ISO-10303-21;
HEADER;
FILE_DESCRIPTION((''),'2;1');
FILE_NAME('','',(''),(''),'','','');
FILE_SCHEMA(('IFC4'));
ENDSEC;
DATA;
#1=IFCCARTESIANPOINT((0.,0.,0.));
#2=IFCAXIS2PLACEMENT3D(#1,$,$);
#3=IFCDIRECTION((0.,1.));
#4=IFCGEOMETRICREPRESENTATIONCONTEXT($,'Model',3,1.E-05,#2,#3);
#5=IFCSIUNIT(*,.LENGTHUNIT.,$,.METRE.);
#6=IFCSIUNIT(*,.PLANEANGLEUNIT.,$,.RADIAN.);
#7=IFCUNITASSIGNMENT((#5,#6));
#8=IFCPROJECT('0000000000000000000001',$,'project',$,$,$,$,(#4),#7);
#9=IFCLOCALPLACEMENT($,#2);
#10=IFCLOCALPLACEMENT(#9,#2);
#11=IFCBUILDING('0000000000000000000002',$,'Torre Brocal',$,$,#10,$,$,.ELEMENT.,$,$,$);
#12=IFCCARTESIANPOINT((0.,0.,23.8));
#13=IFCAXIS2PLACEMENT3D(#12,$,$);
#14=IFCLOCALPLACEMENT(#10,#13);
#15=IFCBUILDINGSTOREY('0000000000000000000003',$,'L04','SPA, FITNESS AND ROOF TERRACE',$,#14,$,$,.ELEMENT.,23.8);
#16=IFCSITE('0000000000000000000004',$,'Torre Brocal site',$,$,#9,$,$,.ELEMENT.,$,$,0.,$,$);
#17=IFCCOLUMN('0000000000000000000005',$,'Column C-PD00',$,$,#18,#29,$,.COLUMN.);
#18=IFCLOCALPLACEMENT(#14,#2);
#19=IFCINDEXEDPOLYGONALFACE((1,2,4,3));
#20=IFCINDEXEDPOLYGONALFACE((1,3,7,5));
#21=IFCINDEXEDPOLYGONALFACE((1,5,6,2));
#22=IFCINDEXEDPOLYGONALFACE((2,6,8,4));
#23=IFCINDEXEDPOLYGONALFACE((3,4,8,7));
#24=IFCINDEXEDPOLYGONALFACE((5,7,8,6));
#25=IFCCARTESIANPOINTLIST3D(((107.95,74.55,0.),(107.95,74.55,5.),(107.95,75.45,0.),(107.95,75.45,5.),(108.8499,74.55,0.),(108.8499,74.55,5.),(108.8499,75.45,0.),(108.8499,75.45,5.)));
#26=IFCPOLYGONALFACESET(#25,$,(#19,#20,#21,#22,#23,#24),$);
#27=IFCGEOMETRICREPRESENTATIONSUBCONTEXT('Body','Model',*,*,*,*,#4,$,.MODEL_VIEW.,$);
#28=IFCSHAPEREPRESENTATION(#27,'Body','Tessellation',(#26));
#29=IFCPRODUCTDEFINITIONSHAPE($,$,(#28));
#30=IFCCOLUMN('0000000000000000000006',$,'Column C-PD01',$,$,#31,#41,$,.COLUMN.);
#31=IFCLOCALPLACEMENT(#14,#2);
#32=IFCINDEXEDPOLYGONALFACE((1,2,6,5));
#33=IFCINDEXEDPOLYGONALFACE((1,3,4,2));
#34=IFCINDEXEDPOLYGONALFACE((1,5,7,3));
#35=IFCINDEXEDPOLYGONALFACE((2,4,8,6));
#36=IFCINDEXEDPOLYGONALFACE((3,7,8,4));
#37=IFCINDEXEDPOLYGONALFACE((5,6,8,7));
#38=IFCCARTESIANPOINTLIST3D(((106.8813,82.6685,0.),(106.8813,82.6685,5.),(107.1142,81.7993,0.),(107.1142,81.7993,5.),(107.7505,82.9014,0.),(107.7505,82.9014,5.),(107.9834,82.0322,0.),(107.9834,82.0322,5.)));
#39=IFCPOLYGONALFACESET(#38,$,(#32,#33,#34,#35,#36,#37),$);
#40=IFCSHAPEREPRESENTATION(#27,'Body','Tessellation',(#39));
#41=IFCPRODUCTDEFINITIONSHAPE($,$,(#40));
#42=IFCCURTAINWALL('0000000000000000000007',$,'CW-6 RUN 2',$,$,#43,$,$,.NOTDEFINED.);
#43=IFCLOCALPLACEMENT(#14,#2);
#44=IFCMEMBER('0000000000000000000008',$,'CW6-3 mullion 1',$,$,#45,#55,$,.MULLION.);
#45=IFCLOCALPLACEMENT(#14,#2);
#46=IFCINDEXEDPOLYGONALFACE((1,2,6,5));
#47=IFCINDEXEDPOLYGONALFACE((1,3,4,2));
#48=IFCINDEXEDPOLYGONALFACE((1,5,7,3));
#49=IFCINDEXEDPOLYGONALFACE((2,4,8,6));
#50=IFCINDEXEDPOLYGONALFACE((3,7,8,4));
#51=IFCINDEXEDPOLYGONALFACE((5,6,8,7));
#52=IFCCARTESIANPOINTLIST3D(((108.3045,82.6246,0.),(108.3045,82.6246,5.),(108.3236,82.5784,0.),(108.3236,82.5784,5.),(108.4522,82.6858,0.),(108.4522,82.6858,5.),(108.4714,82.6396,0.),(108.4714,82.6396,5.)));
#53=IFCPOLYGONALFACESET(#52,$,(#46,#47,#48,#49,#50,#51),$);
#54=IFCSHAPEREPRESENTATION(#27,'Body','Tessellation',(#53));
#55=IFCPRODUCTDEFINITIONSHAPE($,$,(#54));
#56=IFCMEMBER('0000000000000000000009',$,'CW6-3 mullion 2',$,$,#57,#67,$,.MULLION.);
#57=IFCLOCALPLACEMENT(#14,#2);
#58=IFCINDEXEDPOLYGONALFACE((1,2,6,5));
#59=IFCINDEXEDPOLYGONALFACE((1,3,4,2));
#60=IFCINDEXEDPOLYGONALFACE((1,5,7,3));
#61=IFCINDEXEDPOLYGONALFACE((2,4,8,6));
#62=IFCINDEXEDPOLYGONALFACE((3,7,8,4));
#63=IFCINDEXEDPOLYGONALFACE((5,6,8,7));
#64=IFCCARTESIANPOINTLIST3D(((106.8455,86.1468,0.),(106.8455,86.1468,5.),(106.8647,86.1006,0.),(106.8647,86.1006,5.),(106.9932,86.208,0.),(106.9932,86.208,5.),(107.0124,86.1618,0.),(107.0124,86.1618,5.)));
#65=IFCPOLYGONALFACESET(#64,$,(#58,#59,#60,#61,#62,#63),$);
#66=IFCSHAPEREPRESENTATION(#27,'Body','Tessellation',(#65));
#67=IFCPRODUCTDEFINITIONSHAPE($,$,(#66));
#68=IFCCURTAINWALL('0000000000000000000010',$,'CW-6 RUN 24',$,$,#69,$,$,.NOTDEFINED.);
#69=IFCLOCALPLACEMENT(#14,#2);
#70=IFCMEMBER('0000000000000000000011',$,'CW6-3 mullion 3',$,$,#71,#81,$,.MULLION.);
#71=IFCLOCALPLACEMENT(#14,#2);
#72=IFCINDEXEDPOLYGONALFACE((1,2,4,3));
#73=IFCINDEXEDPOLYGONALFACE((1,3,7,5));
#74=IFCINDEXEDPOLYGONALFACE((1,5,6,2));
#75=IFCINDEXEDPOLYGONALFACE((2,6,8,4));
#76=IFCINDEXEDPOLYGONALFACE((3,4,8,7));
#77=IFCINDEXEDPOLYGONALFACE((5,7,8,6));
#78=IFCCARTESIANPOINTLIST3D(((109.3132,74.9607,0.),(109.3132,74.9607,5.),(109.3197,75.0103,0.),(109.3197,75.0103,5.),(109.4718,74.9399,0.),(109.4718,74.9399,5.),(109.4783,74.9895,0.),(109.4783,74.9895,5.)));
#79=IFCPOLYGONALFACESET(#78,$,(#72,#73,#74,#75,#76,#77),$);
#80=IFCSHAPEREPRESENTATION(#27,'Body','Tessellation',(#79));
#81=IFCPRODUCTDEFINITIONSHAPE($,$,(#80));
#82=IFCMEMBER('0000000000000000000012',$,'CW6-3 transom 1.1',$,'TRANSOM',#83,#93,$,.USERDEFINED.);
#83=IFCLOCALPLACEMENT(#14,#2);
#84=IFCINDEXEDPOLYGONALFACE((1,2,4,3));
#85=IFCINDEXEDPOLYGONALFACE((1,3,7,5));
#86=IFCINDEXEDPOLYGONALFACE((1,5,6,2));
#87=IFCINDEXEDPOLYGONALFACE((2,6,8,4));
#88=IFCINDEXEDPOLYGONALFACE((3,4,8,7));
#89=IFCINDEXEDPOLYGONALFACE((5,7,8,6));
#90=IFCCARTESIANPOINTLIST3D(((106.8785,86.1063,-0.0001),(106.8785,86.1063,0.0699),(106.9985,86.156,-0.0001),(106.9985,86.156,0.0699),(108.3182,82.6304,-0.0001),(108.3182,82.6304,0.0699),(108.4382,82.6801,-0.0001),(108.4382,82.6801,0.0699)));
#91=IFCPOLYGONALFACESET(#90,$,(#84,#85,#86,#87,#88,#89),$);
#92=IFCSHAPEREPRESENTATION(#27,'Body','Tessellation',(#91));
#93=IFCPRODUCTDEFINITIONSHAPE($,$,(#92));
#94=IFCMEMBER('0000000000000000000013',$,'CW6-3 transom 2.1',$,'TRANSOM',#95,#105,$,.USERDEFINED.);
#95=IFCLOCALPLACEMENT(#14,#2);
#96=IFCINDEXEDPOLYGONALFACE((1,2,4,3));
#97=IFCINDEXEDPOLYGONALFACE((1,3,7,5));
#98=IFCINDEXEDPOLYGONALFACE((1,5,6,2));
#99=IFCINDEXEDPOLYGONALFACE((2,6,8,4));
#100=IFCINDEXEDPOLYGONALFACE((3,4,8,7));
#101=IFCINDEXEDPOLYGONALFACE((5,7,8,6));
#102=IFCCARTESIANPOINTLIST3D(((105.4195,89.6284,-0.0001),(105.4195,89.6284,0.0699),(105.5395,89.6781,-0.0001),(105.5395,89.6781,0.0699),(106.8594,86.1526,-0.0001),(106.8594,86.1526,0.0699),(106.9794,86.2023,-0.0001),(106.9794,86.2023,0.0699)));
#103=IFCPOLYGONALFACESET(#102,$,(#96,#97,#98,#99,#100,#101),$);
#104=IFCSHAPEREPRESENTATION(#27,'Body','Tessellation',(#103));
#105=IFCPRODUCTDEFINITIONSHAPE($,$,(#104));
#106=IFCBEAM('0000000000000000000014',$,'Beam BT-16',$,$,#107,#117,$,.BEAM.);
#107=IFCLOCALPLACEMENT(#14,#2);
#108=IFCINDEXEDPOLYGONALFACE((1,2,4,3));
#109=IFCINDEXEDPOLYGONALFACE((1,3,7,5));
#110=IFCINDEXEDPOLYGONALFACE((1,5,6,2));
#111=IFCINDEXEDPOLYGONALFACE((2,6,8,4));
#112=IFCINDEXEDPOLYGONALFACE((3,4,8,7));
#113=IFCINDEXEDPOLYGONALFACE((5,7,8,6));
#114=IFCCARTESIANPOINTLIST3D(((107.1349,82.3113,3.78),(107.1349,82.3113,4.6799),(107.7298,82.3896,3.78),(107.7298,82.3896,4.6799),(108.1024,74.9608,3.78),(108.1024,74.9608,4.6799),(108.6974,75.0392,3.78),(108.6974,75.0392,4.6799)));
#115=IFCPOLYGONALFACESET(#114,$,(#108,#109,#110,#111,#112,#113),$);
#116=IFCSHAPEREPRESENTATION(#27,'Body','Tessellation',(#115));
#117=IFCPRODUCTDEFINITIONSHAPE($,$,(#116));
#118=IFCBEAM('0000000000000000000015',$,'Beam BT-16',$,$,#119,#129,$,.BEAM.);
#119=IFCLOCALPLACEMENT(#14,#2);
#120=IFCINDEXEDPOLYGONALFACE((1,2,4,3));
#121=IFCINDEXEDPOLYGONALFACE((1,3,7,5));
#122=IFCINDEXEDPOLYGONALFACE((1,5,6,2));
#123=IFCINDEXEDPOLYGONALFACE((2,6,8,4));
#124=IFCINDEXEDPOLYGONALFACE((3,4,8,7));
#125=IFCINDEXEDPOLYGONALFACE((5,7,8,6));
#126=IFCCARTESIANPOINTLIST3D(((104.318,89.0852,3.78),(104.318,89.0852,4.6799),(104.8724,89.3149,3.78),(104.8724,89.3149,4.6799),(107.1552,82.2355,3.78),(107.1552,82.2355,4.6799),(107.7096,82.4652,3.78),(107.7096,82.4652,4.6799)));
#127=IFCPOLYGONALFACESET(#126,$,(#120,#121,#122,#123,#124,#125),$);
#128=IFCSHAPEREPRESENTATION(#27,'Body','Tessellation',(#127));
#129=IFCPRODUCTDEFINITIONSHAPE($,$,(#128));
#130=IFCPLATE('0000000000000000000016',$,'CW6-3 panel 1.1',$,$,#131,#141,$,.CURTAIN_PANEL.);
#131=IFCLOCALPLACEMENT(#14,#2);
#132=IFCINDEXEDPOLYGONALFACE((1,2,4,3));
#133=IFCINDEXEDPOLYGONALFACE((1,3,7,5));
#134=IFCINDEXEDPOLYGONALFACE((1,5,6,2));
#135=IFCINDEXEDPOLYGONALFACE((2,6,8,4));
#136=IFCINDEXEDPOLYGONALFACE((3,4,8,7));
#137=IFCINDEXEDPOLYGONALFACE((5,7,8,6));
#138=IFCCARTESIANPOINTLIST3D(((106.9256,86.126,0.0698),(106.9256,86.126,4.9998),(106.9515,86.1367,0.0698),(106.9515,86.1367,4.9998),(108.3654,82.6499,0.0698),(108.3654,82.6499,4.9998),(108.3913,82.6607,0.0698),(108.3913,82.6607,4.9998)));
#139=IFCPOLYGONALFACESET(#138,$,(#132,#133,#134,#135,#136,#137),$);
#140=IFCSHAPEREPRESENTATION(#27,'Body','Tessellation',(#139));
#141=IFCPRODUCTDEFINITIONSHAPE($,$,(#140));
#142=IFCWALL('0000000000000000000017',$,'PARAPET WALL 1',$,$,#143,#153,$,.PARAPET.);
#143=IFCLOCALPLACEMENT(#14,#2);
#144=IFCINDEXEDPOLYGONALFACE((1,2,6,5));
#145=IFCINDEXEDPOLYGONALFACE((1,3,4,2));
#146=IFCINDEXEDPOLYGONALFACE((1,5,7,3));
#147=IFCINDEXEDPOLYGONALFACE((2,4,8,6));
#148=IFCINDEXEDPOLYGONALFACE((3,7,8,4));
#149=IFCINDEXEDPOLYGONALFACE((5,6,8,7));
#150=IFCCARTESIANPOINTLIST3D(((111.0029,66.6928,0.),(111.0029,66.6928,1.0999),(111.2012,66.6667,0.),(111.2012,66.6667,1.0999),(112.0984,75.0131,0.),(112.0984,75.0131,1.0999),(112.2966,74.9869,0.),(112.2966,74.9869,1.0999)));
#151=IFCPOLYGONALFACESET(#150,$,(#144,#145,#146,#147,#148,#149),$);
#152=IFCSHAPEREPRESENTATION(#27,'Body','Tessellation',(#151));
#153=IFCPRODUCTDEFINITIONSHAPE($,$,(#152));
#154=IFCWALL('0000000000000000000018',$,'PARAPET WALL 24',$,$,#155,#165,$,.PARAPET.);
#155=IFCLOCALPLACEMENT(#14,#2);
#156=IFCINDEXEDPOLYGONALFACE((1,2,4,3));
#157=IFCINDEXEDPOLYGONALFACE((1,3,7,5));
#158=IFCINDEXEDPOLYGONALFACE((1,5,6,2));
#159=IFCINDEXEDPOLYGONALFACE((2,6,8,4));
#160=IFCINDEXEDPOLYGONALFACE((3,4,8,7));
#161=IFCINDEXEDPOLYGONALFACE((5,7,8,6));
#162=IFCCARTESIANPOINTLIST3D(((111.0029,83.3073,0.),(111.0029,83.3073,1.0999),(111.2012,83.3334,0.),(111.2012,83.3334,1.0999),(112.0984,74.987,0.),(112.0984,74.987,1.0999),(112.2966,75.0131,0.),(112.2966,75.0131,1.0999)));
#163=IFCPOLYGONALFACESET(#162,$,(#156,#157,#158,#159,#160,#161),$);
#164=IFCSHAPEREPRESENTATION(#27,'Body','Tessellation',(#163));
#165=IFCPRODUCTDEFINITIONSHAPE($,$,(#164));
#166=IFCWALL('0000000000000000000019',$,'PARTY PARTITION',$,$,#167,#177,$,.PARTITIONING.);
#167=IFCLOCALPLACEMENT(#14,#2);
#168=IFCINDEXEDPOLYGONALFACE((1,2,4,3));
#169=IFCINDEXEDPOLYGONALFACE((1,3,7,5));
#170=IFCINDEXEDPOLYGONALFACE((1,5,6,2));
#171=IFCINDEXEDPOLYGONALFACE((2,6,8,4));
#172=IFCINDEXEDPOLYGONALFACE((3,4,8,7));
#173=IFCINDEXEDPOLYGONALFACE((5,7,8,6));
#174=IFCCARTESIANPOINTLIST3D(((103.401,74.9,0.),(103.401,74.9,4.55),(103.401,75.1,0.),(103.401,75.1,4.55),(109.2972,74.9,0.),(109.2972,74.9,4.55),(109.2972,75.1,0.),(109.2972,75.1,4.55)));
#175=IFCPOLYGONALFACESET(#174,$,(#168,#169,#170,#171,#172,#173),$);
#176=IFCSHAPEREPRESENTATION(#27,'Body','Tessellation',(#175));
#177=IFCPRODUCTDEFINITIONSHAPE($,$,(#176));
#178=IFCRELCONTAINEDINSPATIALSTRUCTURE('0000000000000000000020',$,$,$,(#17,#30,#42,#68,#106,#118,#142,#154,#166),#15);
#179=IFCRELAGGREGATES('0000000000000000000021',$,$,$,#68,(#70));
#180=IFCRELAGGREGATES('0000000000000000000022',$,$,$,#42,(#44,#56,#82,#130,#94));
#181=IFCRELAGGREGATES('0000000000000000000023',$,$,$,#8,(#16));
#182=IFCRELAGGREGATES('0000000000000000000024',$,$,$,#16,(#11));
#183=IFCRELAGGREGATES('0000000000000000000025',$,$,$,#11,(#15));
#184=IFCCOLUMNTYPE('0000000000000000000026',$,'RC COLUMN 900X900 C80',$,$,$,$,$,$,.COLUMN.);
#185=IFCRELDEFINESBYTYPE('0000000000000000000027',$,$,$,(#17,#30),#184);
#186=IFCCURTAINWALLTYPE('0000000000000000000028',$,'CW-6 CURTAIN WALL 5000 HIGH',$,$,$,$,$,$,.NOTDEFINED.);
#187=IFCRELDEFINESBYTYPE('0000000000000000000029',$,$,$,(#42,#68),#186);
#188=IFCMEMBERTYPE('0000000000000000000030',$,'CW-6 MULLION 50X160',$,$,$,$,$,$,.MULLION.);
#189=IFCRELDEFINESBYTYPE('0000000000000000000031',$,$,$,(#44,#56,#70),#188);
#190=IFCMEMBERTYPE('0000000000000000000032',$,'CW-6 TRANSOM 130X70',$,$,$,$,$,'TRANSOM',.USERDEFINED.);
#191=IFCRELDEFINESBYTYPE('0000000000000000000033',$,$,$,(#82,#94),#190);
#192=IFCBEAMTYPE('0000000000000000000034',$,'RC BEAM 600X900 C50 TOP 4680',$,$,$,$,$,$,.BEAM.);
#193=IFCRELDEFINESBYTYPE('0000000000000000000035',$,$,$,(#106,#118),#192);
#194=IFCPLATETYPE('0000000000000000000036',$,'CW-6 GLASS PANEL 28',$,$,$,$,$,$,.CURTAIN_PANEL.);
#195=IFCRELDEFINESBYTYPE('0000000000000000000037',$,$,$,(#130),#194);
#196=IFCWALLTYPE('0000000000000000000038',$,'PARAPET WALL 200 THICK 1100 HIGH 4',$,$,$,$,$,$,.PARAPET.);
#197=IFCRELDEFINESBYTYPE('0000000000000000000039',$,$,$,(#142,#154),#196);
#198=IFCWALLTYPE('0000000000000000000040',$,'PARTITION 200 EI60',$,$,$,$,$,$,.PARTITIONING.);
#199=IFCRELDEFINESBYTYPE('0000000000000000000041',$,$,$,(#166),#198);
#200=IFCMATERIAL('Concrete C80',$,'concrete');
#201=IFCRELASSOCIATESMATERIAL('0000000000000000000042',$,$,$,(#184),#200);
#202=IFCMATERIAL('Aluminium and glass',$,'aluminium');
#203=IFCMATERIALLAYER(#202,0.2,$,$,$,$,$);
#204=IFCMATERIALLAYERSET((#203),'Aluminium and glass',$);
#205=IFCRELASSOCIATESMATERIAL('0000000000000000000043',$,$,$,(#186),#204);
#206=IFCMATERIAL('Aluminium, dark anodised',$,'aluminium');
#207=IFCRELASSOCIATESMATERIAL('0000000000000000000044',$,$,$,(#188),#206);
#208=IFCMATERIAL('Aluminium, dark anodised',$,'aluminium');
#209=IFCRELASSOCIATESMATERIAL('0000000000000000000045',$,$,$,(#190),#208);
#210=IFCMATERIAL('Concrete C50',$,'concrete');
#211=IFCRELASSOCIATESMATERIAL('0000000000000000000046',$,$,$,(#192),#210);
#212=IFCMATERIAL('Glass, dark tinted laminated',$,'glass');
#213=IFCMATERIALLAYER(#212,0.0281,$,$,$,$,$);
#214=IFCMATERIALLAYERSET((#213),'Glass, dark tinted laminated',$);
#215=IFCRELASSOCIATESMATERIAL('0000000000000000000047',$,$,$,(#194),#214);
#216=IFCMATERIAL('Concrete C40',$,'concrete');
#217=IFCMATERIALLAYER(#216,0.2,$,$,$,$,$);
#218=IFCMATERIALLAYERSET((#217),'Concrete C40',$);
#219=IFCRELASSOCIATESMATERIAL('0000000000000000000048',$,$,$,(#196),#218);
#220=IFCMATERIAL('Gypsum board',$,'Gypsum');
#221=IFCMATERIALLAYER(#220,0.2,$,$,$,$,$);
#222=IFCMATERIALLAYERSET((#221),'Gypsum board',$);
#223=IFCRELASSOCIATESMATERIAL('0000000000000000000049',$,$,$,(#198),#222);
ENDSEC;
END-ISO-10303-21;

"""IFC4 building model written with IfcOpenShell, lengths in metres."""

from ifc_helpers import new_model, si_unit, direction, frame, frame_2d, origin, origin_2d, place, context, subcontext, project, spatial, rectangle, extrude, material, layer, layer_set, material_profile, profile_set, type_object, element, aggregate, save


model = new_model("IFC4")

# Units and contexts
model_context = context("Model", 3, precision=1e-05, world=origin(), true_north=direction((0.0, 1.0)))
body_context = subcontext(model_context, "Body", "Model", "MODEL_VIEW")
ifc_project = project(units=[si_unit("LENGTHUNIT", "METRE"), si_unit("PLANEANGLEUNIT", "RADIAN")], contexts=[model_context])

# Site, building, storey
site_placement = place(None, origin())
site = spatial("IfcSite", under=ifc_project, at=site_placement, Name="Torre Brocal site", CompositionType="ELEMENT", RefElevation=0.0)
building_placement = place(site_placement, origin())
building = spatial("IfcBuilding", under=site, at=building_placement, Name="Torre Brocal", CompositionType="ELEMENT")
storey_placement = place(building_placement, frame((0.0, 0.0, 23.8)))
storey = spatial("IfcBuildingStorey", under=building, at=storey_placement, Name="L04", Description="SPA, FITNESS AND ROOF TERRACE", CompositionType="ELEMENT", Elevation=23.8)

# Columns
ifc_material_1 = material(Name="Concrete C80", Category="concrete")
ifc_material_profile_1 = material_profile(ifc_material_1, rectangle(XDim=0.8999, YDim=0.8999, at=origin_2d()), Name="RC 900X900")
ifc_profile_set_1 = profile_set([ifc_material_profile_1], Name="Concrete C80")
column_type = type_object("IfcColumnType", Name="RC COLUMN 900X900 C80", PredefinedType="COLUMN", material=ifc_profile_set_1)
for number, where, z_axis, x_axis, name in (
    (1, (108.3999, 75.0, 0.0), (0.0, 0.0, 1.0), (1.0, 0.0, 0.0), "Column C-PD00"),
    (2, (107.4324, 82.3503, 0.0), (0.0, 0.0, 1.0), (0.965926, 0.258819, 0.0), "Column C-PD01"),
):
    element("IfcColumn", number, at=place(storey_placement, frame(where, z_axis=z_axis, x_axis=x_axis)), inside=storey, type_object=column_type, Name=name, PredefinedType="COLUMN", context=body_context, shape_type="SweptSolid", body=[
        extrude(rectangle(XDim=0.8999, YDim=0.8999, at=origin_2d()), origin(), (0.0, 0.0, 1.0), 5.0),
    ])

# Curtain wall, members
ifc_material_2 = material(Name="Aluminium and glass", Category="aluminium")
ifc_layer_1 = layer(ifc_material_2, 0.2)
ifc_layer_set_1 = layer_set([ifc_layer_1], Name="Aluminium and glass")
curtain_wall_type = type_object("IfcCurtainWallType", Name="CW-6 CURTAIN WALL 5000 HIGH", PredefinedType="NOTDEFINED", material=ifc_layer_set_1)
curtain_wall_1_placement = place(storey_placement, origin())
curtain_wall_1 = element("IfcCurtainWall", 3, at=curtain_wall_1_placement, inside=storey, type_object=curtain_wall_type, Name="CW-6 RUN 2", PredefinedType="NOTDEFINED")
ifc_material_3 = material(Name="Aluminium, dark anodised", Category="aluminium")
ifc_material_profile_2 = material_profile(ifc_material_3, rectangle(XDim=0.1599, YDim=0.05, at=origin_2d()), Name="CW-6 MULLION 50X160")
ifc_profile_set_2 = profile_set([ifc_material_profile_2], Name="Aluminium, dark anodised")
member_type_1 = type_object("IfcMemberType", Name="CW-6 MULLION 50X160", PredefinedType="MULLION", material=ifc_profile_set_2)
member_1_placement = place(storey_placement, frame((108.3879, 82.6321, 0.0), z_axis=(0.0, 0.0, 1.0), x_axis=(-0.92388, -0.382683, 0.0)))
member_1 = element("IfcMember", 4, at=member_1_placement, type_object=member_type_1, Name="CW6-3 mullion 1", PredefinedType="MULLION", context=body_context, shape_type="SweptSolid", body=[
    extrude(rectangle(XDim=0.1599, YDim=0.05, at=origin_2d()), origin(), (0.0, 0.0, 1.0), 5.0),
])
member_2_placement = place(storey_placement, frame((106.929, 86.1543, 0.0), z_axis=(0.0, 0.0, 1.0), x_axis=(-0.92388, -0.382683, 0.0)))
member_2 = element("IfcMember", 5, at=member_2_placement, type_object=member_type_1, Name="CW6-3 mullion 2", PredefinedType="MULLION", context=body_context, shape_type="SweptSolid", body=[
    extrude(rectangle(XDim=0.1599, YDim=0.05, at=origin_2d()), origin(), (0.0, 0.0, 1.0), 5.0),
])

# Curtain wall, member
curtain_wall_2_placement = place(storey_placement, origin())
curtain_wall_2 = element("IfcCurtainWall", 6, at=curtain_wall_2_placement, inside=storey, type_object=curtain_wall_type, Name="CW-6 RUN 24", PredefinedType="NOTDEFINED")
member_3_placement = place(storey_placement, frame((109.3958, 74.9751, 0.0), z_axis=(0.0, 0.0, 1.0), x_axis=(-0.991445, 0.130526, 0.0)))
member_3 = element("IfcMember", 7, at=member_3_placement, type_object=member_type_1, Name="CW6-3 mullion 3", PredefinedType="MULLION", context=body_context, shape_type="SweptSolid", body=[
    extrude(rectangle(XDim=0.1599, YDim=0.05, at=origin_2d()), origin(), (0.0, 0.0, 1.0), 5.0),
])
aggregate(curtain_wall_2, [member_3])

# Members
ifc_material_4 = material(Name="Aluminium, dark anodised", Category="aluminium")
ifc_material_profile_3 = material_profile(ifc_material_4, rectangle(XDim=0.1299, YDim=0.0701, at=origin_2d()), Name="CW-6 TRANSOM 130X70")
ifc_profile_set_3 = profile_set([ifc_material_profile_3], Name="Aluminium, dark anodised")
member_type_2 = type_object("IfcMemberType", Name="CW-6 TRANSOM 130X70", ElementType="TRANSOM", PredefinedType="USERDEFINED", material=ifc_profile_set_3)
member_4_placement = place(storey_placement, frame((108.3782, 82.6553, 0.0349), z_axis=(-0.382675, 0.923883, 0.0), x_axis=(-0.923883, -0.382675, 0.0)))
member_4 = element("IfcMember", 8, at=member_4_placement, type_object=member_type_2, Name="CW6-3 transom 1.1", ObjectType="TRANSOM", PredefinedType="USERDEFINED", context=body_context, shape_type="SweptSolid", body=[
    extrude(rectangle(XDim=0.1299, YDim=0.0701, at=origin_2d()), origin(), (0.0, 0.0, 1.0), 3.7622),
])
member_5_placement = place(storey_placement, frame((106.9194, 86.1775, 0.0349), z_axis=(-0.38273, 0.92386, 0.0), x_axis=(-0.92386, -0.38273, 0.0)))
member_5 = element("IfcMember", 9, at=member_5_placement, type_object=member_type_2, Name="CW6-3 transom 2.1", ObjectType="TRANSOM", PredefinedType="USERDEFINED", context=body_context, shape_type="SweptSolid", body=[
    extrude(rectangle(XDim=0.1299, YDim=0.0701, at=origin_2d()), origin(), (0.0, 0.0, 1.0), 3.7622),
])

# Beams
ifc_material_5 = material(Name="Concrete C50", Category="concrete")
ifc_material_profile_4 = material_profile(ifc_material_5, rectangle(XDim=0.6001, YDim=0.8999, at=origin_2d()), Name="RC 600X900")
ifc_profile_set_4 = profile_set([ifc_material_profile_4], Name="Concrete C50")
beam_type = type_object("IfcBeamType", Name="RC BEAM 600X900 C50 TOP 4680", PredefinedType="BEAM", material=ifc_profile_set_4)
beam_1_placement = place(storey_placement, frame((108.3999, 75.0, 4.23), z_axis=(-0.130505, 0.991448, 0.0), x_axis=(-0.991448, -0.130505, 0.0)))
element("IfcBeam", 10, at=beam_1_placement, inside=storey, type_object=beam_type, Name="Beam BT-16", PredefinedType="BEAM", context=body_context, shape_type="SweptSolid", body=[
    extrude(rectangle(XDim=0.6001, YDim=0.8999, at=origin_2d()), origin(), (0.0, 0.0, 1.0), 7.4138),
])
beam_2_placement = place(storey_placement, frame((107.4324, 82.3503, 4.23), z_axis=(-0.382678, 0.923882, 0.0), x_axis=(-0.923882, -0.382678, 0.0)))
element("IfcBeam", 11, at=beam_2_placement, inside=storey, type_object=beam_type, Name="Beam BT-16", PredefinedType="BEAM", context=body_context, shape_type="SweptSolid", body=[
    extrude(rectangle(XDim=0.6001, YDim=0.8999, at=origin_2d()), origin(), (0.0, 0.0, 1.0), 7.4141),
])

# Plate
ifc_material_6 = material(Name="Glass, dark tinted laminated", Category="glass")
ifc_layer_2 = layer(ifc_material_6, 0.0281)
ifc_layer_set_2 = layer_set([ifc_layer_2], Name="Glass, dark tinted laminated")
plate_type = type_object("IfcPlateType", Name="CW-6 GLASS PANEL 28", PredefinedType="CURTAIN_PANEL", material=ifc_layer_set_2)
plate_placement = place(storey_placement, frame((107.6584, 84.3933, 0.0698), z_axis=(0.0, 0.0, 1.0), x_axis=(-0.382683, 0.92388, 0.0)))
plate = element("IfcPlate", 12, at=plate_placement, type_object=plate_type, Name="CW6-3 panel 1.1", PredefinedType="CURTAIN_PANEL", context=body_context, shape_type="SweptSolid", body=[
    extrude(rectangle(XDim=3.7625, YDim=0.0281, at=origin_2d()), origin(), (0.0, 0.0, 1.0), 4.9299),
])
aggregate(curtain_wall_1, [member_1, member_2, member_4, plate, member_5])

# Walls
ifc_material_7 = material(Name="Concrete C40", Category="concrete")
ifc_layer_3 = layer(ifc_material_7, 0.2)
ifc_layer_set_3 = layer_set([ifc_layer_3], Name="Concrete C40")
wall_type_1 = type_object("IfcWallType", Name="PARAPET WALL 200 THICK 1100 HIGH 4", PredefinedType="PARAPET", material=ifc_layer_set_3)
for number, where, z_axis, x_axis, name in (
    (13, (112.1975, 75.0, 0.0), (0.0, 0.0, 1.0), (-0.130534, -0.991444, 0.0), "PARAPET WALL 1"),
    (14, (111.1021, 83.3203, 0.0), (0.0, 0.0, 1.0), (0.130534, -0.991444, 0.0), "PARAPET WALL 24"),
):
    element("IfcWall", number, at=place(storey_placement, frame(where, z_axis=z_axis, x_axis=x_axis)), inside=storey, type_object=wall_type_1, Name=name, PredefinedType="PARAPET", context=body_context, shape_type="SweptSolid", body=[
        extrude(rectangle(XDim=8.3921, YDim=0.2, at=frame_2d((4.196, 0.0))), origin(), (0.0, 0.0, 1.0), 1.0999),
    ])
ifc_material_8 = material(Name="Gypsum board", Category="Gypsum")
ifc_layer_4 = layer(ifc_material_8, 0.2)
ifc_layer_set_4 = layer_set([ifc_layer_4], Name="Gypsum board")
wall_type_2 = type_object("IfcWallType", Name="PARTITION 200 EI60", PredefinedType="PARTITIONING", material=ifc_layer_set_4)
wall_1_placement = place(storey_placement, frame((103.4009, 75.0, 0.0), z_axis=(0.0, 0.0, 1.0), x_axis=(1.0, 0.0, 0.0)))
element("IfcWall", 15, at=wall_1_placement, inside=storey, type_object=wall_type_2, Name="PARTY PARTITION", PredefinedType="PARTITIONING", context=body_context, shape_type="SweptSolid", body=[
    extrude(rectangle(XDim=5.8962, YDim=0.2, at=frame_2d((2.9482, 0.0))), origin(), (0.0, 0.0, 1.0), 4.55),
])

save(model, "model.ifc")
